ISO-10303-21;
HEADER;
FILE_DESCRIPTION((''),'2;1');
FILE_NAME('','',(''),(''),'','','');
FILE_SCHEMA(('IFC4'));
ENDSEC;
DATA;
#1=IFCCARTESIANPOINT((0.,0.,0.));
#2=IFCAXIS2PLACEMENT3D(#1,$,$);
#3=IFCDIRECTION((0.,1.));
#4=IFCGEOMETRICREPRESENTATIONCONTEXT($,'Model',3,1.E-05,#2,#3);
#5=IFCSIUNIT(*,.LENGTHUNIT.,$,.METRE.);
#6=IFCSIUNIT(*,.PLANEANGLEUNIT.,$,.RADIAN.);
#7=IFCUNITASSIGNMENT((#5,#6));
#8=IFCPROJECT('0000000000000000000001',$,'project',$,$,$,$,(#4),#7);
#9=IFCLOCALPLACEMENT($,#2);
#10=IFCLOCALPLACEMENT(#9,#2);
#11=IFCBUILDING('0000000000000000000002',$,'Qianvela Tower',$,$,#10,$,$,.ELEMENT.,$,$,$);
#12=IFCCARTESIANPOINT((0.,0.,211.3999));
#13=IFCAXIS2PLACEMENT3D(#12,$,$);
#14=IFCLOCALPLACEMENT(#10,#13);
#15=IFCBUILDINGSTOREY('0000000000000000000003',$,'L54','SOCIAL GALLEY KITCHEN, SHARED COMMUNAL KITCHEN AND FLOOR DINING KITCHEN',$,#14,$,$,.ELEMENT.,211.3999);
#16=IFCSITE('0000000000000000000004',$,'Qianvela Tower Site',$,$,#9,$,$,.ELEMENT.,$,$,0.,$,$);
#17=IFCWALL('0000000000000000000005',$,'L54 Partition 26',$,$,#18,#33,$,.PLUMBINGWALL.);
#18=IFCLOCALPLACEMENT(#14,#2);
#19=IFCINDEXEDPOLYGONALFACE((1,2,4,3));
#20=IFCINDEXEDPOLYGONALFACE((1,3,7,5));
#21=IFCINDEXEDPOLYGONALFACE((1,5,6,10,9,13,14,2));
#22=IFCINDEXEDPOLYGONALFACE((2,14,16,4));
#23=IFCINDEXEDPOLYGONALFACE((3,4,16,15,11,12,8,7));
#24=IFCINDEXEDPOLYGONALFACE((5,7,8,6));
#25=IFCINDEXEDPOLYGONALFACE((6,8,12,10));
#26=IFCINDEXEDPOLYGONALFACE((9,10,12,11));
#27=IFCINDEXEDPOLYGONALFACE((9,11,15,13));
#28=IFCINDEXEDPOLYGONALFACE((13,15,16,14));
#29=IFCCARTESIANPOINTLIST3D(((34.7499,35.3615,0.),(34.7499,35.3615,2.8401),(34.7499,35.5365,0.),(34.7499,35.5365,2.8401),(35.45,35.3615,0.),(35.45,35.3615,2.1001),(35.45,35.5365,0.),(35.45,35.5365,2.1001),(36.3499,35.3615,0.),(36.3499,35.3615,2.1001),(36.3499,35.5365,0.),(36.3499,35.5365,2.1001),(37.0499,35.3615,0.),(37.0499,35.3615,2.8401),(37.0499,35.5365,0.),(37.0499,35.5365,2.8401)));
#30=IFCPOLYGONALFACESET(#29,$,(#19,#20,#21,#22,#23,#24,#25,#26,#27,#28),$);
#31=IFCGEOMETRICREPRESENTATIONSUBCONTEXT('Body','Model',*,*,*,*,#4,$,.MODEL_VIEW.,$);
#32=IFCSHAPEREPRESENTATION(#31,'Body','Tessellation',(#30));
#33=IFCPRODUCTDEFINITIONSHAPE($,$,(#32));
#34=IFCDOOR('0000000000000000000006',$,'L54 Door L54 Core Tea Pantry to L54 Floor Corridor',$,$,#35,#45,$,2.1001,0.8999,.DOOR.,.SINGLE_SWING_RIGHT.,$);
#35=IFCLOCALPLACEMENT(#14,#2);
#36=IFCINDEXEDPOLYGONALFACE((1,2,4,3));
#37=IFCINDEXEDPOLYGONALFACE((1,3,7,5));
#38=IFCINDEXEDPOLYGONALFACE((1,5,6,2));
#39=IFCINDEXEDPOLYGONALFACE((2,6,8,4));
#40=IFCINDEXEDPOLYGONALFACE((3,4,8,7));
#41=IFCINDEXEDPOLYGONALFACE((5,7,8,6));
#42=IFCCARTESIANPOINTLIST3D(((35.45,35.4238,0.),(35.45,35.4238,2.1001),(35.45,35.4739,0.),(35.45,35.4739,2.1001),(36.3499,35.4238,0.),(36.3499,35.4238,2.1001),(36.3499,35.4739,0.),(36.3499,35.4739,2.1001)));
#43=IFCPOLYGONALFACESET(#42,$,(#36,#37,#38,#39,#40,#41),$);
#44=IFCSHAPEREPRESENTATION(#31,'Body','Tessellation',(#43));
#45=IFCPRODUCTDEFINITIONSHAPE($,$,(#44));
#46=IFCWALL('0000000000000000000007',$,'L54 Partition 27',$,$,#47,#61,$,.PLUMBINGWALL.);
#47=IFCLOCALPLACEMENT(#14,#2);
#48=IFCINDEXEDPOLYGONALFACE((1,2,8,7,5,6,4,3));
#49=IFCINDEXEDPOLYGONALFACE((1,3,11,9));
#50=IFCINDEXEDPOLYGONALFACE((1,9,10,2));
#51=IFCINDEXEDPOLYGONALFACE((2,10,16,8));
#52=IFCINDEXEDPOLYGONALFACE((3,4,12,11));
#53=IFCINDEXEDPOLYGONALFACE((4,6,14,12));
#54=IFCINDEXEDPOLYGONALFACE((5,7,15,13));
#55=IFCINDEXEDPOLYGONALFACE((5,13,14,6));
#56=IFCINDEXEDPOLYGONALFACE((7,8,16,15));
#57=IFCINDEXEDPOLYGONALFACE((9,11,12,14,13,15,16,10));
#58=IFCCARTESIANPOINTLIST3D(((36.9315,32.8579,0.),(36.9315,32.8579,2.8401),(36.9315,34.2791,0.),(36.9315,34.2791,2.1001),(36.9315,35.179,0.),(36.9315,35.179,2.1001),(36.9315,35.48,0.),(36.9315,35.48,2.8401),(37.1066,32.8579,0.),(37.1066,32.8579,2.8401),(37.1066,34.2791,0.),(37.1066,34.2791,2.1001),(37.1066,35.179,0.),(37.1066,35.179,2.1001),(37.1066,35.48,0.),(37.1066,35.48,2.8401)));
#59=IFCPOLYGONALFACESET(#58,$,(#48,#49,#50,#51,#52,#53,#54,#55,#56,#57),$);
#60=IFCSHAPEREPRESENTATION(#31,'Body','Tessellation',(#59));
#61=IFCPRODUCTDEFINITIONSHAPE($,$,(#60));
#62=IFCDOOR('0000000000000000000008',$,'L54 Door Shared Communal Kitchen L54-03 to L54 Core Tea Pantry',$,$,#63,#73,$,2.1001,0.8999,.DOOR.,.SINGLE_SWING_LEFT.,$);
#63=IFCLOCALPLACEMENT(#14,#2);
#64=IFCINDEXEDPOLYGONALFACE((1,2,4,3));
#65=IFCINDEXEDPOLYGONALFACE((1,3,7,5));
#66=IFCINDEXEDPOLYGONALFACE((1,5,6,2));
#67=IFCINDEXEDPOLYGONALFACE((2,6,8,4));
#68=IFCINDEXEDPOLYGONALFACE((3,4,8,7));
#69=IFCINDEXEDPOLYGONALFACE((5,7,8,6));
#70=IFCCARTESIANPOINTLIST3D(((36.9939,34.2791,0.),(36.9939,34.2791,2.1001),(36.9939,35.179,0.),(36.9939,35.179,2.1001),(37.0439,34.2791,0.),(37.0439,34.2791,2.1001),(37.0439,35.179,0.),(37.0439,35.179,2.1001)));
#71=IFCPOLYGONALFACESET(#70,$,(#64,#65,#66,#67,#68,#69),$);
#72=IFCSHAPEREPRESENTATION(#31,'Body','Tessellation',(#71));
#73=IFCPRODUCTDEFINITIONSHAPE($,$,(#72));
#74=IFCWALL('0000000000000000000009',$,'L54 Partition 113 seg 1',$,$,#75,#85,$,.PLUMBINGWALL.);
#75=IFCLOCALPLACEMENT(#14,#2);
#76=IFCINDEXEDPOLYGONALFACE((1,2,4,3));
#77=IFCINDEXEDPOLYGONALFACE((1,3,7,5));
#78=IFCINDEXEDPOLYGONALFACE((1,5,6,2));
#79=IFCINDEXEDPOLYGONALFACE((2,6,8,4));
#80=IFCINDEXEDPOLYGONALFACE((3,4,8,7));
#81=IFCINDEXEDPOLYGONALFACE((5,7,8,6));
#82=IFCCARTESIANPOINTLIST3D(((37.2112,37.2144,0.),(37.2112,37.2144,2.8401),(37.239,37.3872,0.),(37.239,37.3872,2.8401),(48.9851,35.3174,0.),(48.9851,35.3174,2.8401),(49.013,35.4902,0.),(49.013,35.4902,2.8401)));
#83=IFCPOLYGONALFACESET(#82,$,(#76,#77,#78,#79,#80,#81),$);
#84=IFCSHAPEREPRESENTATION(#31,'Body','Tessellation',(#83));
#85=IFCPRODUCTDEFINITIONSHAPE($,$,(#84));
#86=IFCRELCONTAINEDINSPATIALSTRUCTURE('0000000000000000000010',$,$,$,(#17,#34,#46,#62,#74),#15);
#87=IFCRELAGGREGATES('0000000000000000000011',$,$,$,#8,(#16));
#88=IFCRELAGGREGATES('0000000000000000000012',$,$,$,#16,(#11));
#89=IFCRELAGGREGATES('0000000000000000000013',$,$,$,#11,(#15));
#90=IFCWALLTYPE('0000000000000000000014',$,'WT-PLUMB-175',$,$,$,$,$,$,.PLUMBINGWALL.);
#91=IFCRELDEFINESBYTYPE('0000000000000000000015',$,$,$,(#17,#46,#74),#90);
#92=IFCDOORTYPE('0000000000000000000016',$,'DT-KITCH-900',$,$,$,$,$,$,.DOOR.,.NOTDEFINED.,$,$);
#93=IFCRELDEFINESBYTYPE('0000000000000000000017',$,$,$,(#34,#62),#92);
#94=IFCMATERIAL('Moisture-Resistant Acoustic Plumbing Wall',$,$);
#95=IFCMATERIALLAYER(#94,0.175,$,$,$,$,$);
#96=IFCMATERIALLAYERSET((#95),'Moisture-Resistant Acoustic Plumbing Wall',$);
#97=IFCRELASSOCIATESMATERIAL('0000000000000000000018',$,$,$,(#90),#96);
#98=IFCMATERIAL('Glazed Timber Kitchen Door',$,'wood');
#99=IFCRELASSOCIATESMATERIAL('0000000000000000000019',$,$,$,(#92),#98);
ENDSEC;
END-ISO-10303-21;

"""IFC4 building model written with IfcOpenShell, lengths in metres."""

from ifc_helpers import new_model, si_unit, direction, frame, frame_2d, origin, place, context, subcontext, project, spatial, rectangle, extrude, material, layer, layer_set, type_object, element, fill, save


model = new_model("IFC4")

# Units and contexts
model_context = context("Model", 3, precision=1e-05, world=origin(), true_north=direction((0.0, 1.0)))
body_context = subcontext(model_context, "Body", "Model", "MODEL_VIEW")
ifc_project = project(units=[si_unit("LENGTHUNIT", "METRE"), si_unit("PLANEANGLEUNIT", "RADIAN")], contexts=[model_context])

# Site, building, storey
site_placement = place(None, origin())
site = spatial("IfcSite", under=ifc_project, at=site_placement, Name="Qianvela Tower Site", CompositionType="ELEMENT", RefElevation=0.0)
building_placement = place(site_placement, origin())
building = spatial("IfcBuilding", under=site, at=building_placement, Name="Qianvela Tower", CompositionType="ELEMENT")
storey_placement = place(building_placement, frame((0.0, 0.0, 211.3999)))
storey = spatial("IfcBuildingStorey", under=building, at=storey_placement, Name="L54", Description="SOCIAL GALLEY KITCHEN, SHARED COMMUNAL KITCHEN AND FLOOR DINING KITCHEN", CompositionType="ELEMENT", Elevation=211.3999)

# Shared definitions
ifc_material_1 = material(Name="Moisture-Resistant Acoustic Plumbing Wall")
ifc_layer_1 = layer(ifc_material_1, 0.175)
ifc_layer_set_1 = layer_set([ifc_layer_1], Name="Moisture-Resistant Acoustic Plumbing Wall")
wall_type_1 = type_object("IfcWallType", Name="WT-PLUMB-175", PredefinedType="PLUMBINGWALL", material=ifc_layer_set_1)

# Walls, openings, doors
wall_1_placement = place(storey_placement, frame((34.75, 35.449, 0.0), z_axis=(0.0, 0.0, 1.0), x_axis=(1.0, 0.0, 0.0)))
wall_1 = element("IfcWall", 1, at=wall_1_placement, inside=storey, type_object=wall_type_1, Name="L54 Partition 26", PredefinedType="PLUMBINGWALL", context=body_context, shape_type="SweptSolid", body=[
    extrude(rectangle(XDim=2.3, YDim=0.175, at=frame_2d((1.1499, 0.0))), origin(), (0.0, 0.0, 1.0), 2.8401),
])
opening_1_placement = place(wall_1_placement, frame((0.7, 0.0, 0.0)))
opening_1 = element("IfcOpeningElement", 2, at=opening_1_placement, cuts=wall_1, PredefinedType="OPENING", context=body_context, shape_type="SweptSolid", body=[
    extrude(rectangle(XDim=0.8999, YDim=2.1001, at=frame_2d((0.45, 1.05))), frame((0.0, 0.0974, 0.0), z_axis=(0.0, -1.0, 0.0), x_axis=(1.0, 0.0, 0.0)), (0.0, 0.0, 1.0), 0.1951),
])
ifc_material_2 = material(Name="Glazed Timber Kitchen Door", Category="wood")
door_type = type_object("IfcDoorType", Name="DT-KITCH-900", OperationType="NOTDEFINED", PredefinedType="DOOR", material=ifc_material_2)
door_1_placement = place(opening_1_placement, origin())
door_1 = element("IfcDoor", 3, at=door_1_placement, inside=storey, type_object=door_type, Name="L54 Door L54 Core Tea Pantry to L54 Floor Corridor", OperationType="SINGLE_SWING_RIGHT", OverallHeight=2.1001, OverallWidth=0.8999, PredefinedType="DOOR", context=body_context, shape_type="SweptSolid", body=[
    extrude(rectangle(XDim=0.8999, YDim=2.1001, at=frame_2d((0.45, 1.05))), frame((0.0, 0.0249, 0.0), z_axis=(0.0, -1.0, 0.0), x_axis=(1.0, 0.0, 0.0)), (0.0, 0.0, 1.0), 0.05),
])
fill(opening_1, door_1)
wall_2_placement = place(storey_placement, frame((37.019, 35.48, 0.0), z_axis=(0.0, 0.0, 1.0), x_axis=(0.0, -1.0, 0.0)))
wall_2 = element("IfcWall", 4, at=wall_2_placement, inside=storey, type_object=wall_type_1, Name="L54 Partition 27", PredefinedType="PLUMBINGWALL", context=body_context, shape_type="SweptSolid", body=[
    extrude(rectangle(XDim=2.6221, YDim=0.175, at=frame_2d((1.311, 0.0))), origin(), (0.0, 0.0, 1.0), 2.8401),
])
opening_2_placement = place(wall_2_placement, frame((0.301, 0.0, 0.0)))
opening_2 = element("IfcOpeningElement", 5, at=opening_2_placement, cuts=wall_2, PredefinedType="OPENING", context=body_context, shape_type="SweptSolid", body=[
    extrude(rectangle(XDim=0.8999, YDim=2.1001, at=frame_2d((0.45, 1.05))), frame((0.0, 0.0974, 0.0), z_axis=(0.0, -1.0, 0.0), x_axis=(1.0, 0.0, 0.0)), (0.0, 0.0, 1.0), 0.1951),
])
door_2_placement = place(opening_2_placement, origin())
door_2 = element("IfcDoor", 6, at=door_2_placement, inside=storey, type_object=door_type, Name="L54 Door Shared Communal Kitchen L54-03 to L54 Core Tea Pantry", OperationType="SINGLE_SWING_LEFT", OverallHeight=2.1001, OverallWidth=0.8999, PredefinedType="DOOR", context=body_context, shape_type="SweptSolid", body=[
    extrude(rectangle(XDim=0.8999, YDim=2.1001, at=frame_2d((0.45, 1.05))), frame((0.0, 0.0249, 0.0), z_axis=(0.0, -1.0, 0.0), x_axis=(1.0, 0.0, 0.0)), (0.0, 0.0, 1.0), 0.05),
])
fill(opening_2, door_2)

# Wall
wall_3_placement = place(storey_placement, frame((37.2251, 37.3008, 0.0), z_axis=(0.0, 0.0, 1.0), x_axis=(0.987268, -0.159065, 0.0)))
element("IfcWall", 7, at=wall_3_placement, inside=storey, type_object=wall_type_1, Name="L54 Partition 113 seg 1", PredefinedType="PLUMBINGWALL", context=body_context, shape_type="SweptSolid", body=[
    extrude(rectangle(XDim=11.9258, YDim=0.175, at=frame_2d((5.9629, 0.0))), origin(), (0.0, 0.0, 1.0), 2.8401),
])

save(model, "model.ifc")
